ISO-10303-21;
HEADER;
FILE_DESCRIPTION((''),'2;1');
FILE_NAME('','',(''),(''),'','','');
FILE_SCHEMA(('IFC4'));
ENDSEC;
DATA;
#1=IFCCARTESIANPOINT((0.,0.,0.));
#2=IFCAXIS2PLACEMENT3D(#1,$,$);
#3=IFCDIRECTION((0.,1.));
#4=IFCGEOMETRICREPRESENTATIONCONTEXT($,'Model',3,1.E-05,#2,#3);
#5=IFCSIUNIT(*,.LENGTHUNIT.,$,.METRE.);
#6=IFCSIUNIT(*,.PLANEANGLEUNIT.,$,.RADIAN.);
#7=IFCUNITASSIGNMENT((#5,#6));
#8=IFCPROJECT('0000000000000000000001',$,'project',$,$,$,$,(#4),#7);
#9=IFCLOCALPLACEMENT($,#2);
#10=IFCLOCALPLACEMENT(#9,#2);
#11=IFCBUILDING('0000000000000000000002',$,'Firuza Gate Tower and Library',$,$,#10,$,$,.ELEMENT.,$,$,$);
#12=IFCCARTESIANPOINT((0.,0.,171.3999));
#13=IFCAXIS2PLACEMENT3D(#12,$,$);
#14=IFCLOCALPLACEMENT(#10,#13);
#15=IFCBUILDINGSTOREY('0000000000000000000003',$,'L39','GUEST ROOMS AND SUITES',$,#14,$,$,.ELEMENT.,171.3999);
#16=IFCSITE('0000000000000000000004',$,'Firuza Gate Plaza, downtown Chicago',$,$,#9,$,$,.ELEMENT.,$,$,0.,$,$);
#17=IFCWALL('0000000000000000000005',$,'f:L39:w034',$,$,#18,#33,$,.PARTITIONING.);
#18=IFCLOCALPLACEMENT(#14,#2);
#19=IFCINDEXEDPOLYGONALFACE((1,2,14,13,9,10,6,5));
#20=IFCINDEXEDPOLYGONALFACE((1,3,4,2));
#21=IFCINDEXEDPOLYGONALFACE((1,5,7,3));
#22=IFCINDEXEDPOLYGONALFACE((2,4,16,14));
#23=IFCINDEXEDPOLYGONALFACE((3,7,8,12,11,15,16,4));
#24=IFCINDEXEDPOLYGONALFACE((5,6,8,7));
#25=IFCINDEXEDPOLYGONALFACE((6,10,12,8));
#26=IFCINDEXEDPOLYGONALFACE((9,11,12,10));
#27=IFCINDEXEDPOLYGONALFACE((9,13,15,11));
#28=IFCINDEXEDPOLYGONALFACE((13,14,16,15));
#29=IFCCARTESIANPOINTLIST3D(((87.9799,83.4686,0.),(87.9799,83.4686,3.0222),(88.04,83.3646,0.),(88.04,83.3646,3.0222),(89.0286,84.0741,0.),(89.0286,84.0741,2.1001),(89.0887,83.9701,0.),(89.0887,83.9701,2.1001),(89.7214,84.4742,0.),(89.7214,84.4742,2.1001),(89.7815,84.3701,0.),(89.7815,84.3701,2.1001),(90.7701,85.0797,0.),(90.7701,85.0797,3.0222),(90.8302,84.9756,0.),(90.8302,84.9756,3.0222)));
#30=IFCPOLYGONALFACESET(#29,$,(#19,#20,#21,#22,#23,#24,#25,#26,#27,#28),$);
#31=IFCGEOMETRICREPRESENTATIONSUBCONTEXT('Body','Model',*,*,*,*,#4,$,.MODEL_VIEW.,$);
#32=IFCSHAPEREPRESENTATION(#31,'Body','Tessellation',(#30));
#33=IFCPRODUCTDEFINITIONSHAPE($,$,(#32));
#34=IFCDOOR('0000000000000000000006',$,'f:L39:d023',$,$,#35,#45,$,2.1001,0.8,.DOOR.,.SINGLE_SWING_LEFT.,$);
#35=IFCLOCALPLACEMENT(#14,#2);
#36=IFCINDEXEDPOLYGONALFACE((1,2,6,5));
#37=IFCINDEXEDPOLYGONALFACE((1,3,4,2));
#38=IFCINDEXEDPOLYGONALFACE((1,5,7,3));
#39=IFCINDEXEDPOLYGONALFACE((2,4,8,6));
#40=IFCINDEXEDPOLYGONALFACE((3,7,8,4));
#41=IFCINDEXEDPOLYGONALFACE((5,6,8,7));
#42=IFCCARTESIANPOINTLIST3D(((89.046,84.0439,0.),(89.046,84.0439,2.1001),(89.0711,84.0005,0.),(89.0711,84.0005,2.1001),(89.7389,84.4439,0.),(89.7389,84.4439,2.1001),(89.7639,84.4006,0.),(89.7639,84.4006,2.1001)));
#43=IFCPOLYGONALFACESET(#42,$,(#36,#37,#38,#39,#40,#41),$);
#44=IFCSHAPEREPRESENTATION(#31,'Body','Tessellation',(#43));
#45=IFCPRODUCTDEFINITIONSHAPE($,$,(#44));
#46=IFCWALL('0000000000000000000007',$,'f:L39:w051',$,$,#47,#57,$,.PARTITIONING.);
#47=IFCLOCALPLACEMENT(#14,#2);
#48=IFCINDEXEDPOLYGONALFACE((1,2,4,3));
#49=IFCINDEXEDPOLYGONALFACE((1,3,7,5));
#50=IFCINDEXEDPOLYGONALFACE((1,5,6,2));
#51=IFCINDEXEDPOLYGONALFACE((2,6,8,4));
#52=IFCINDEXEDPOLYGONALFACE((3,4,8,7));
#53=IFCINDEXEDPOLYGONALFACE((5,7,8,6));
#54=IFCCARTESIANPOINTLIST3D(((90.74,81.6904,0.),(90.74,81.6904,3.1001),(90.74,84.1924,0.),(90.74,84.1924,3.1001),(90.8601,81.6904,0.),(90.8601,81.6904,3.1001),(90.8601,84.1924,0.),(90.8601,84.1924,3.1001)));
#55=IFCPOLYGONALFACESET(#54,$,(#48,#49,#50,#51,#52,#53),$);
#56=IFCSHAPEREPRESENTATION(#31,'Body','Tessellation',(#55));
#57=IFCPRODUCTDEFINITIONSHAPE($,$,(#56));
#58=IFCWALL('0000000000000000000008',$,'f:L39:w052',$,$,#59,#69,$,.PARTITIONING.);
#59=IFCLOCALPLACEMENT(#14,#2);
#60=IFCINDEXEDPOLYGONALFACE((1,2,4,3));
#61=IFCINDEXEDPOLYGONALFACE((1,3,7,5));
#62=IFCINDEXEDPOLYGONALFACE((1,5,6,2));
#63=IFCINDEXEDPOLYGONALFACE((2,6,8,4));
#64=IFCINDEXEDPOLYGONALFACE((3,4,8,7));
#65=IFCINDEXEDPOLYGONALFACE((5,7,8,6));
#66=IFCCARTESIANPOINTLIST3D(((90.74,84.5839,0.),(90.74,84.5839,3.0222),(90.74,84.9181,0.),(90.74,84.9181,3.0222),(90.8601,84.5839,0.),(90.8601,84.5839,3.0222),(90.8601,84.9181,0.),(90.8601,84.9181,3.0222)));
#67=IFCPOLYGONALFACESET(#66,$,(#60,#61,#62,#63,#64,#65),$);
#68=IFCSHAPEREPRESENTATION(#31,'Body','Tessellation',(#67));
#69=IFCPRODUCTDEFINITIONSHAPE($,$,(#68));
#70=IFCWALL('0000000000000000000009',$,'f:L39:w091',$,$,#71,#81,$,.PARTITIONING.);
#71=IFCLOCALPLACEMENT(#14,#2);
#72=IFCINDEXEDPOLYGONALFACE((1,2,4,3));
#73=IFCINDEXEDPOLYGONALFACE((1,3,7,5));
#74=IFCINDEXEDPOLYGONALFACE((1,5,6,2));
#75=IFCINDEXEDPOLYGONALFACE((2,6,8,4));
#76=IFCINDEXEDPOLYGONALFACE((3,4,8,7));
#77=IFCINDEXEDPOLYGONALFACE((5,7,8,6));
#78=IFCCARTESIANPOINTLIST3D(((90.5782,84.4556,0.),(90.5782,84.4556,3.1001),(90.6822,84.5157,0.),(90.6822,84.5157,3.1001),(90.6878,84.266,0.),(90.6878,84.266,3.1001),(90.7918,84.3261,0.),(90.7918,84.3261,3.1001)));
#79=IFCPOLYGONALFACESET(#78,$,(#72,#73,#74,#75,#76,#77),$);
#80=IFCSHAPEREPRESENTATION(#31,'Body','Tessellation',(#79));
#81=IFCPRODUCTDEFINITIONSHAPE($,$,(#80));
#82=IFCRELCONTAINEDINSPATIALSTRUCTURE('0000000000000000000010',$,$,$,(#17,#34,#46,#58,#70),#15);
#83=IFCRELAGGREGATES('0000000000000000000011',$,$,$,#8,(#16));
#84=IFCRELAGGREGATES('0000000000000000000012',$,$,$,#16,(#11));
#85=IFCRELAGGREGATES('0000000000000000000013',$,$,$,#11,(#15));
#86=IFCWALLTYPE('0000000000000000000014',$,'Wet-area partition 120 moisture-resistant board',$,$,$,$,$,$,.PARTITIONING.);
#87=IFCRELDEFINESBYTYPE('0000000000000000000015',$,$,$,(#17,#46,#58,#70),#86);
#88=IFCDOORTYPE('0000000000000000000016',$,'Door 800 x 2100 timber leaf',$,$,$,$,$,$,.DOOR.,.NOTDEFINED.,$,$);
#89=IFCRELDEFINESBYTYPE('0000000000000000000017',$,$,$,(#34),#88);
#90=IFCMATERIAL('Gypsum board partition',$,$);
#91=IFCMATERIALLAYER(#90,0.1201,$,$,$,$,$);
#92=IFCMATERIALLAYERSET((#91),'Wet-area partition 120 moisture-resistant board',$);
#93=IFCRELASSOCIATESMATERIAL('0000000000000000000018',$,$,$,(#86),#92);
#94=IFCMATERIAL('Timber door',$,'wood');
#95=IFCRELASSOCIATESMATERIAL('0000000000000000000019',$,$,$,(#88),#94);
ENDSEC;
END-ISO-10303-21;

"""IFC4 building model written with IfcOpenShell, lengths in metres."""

from ifc_helpers import new_model, si_unit, direction, frame, frame_2d, origin, place, context, subcontext, project, spatial, rectangle, extrude, material, layer, layer_set, type_object, element, fill, save


model = new_model("IFC4")

# Units and contexts
model_context = context("Model", 3, precision=1e-05, world=origin(), true_north=direction((0.0, 1.0)))
body_context = subcontext(model_context, "Body", "Model", "MODEL_VIEW")
ifc_project = project(units=[si_unit("LENGTHUNIT", "METRE"), si_unit("PLANEANGLEUNIT", "RADIAN")], contexts=[model_context])

# Site, building, storey
site_placement = place(None, origin())
site = spatial("IfcSite", under=ifc_project, at=site_placement, Name="Firuza Gate Plaza, downtown Chicago", CompositionType="ELEMENT", RefElevation=0.0)
building_placement = place(site_placement, origin())
building = spatial("IfcBuilding", under=site, at=building_placement, Name="Firuza Gate Tower and Library", CompositionType="ELEMENT")
storey_placement = place(building_placement, frame((0.0, 0.0, 171.3999)))
storey = spatial("IfcBuildingStorey", under=building, at=storey_placement, Name="L39", Description="GUEST ROOMS AND SUITES", CompositionType="ELEMENT", Elevation=171.3999)

# Wall, opening, door
ifc_material_1 = material(Name="Gypsum board partition")
ifc_layer_1 = layer(ifc_material_1, 0.1201)
ifc_layer_set_1 = layer_set([ifc_layer_1], Name="Wet-area partition 120 moisture-resistant board")
wall_type_1 = type_object("IfcWallType", Name="Wet-area partition 120 moisture-resistant board", PredefinedType="PARTITIONING", material=ifc_layer_set_1)
ifc_material_2 = material(Name="Timber door", Category="wood")
door_type_1 = type_object("IfcDoorType", Name="Door 800 x 2100 timber leaf", OperationType="NOTDEFINED", PredefinedType="DOOR", material=ifc_material_2)
wall_1_placement = place(storey_placement, frame((90.8, 85.0276, 0.0), z_axis=(0.0, 0.0, 1.0), x_axis=(-0.86601, -0.500026, 0.0)))
wall_1 = element("IfcWall", 1, at=wall_1_placement, inside=storey, type_object=wall_type_1, Name="f:L39:w034", PredefinedType="PARTITIONING", context=body_context, shape_type="SweptSolid", body=[
    extrude(rectangle(XDim=3.2219, YDim=0.1201, at=frame_2d((1.6108, 0.0))), origin(), (0.0, 0.0, 1.0), 3.0222),
])
opening_1_placement = place(wall_1_placement, frame((1.2109, 0.0, 0.0)))
opening_1 = element("IfcOpeningElement", 2, at=opening_1_placement, cuts=wall_1, PredefinedType="OPENING", context=body_context, shape_type="SweptSolid", body=[
    extrude(rectangle(XDim=0.8, YDim=2.1001, at=frame_2d((0.3999, 1.05))), frame((0.0, 0.0701, 0.0), z_axis=(0.0, -1.0, 0.0), x_axis=(1.0, 0.0, 0.0)), (0.0, 0.0, 1.0), 0.1401),
])
door_1_placement = place(opening_1_placement, origin())
door_1 = element("IfcDoor", 3, at=door_1_placement, inside=storey, type_object=door_type_1, Name="f:L39:d023", OperationType="SINGLE_SWING_LEFT", OverallHeight=2.1001, OverallWidth=0.8, PredefinedType="DOOR", context=body_context, shape_type="SweptSolid", body=[
    extrude(rectangle(XDim=0.8, YDim=2.1001, at=frame_2d((0.3999, 1.05))), frame((0.0, 0.0249, 0.0), z_axis=(0.0, -1.0, 0.0), x_axis=(1.0, 0.0, 0.0)), (0.0, 0.0, 1.0), 0.05),
])
fill(opening_1, door_1)

# Walls
wall_2_placement = place(storey_placement, frame((90.8, 81.6904, 0.0), z_axis=(0.0, 0.0, 1.0), x_axis=(0.0, 1.0, 0.0)))
element("IfcWall", 4, at=wall_2_placement, inside=storey, type_object=wall_type_1, Name="f:L39:w051", PredefinedType="PARTITIONING", context=body_context, shape_type="SweptSolid", body=[
    extrude(rectangle(XDim=2.502, YDim=0.1201, at=frame_2d((1.251, 0.0))), origin(), (0.0, 0.0, 1.0), 3.1001),
])
wall_3_placement = place(storey_placement, frame((90.8, 84.584, 0.0), z_axis=(0.0, 0.0, 1.0), x_axis=(0.0, 1.0, 0.0)))
element("IfcWall", 5, at=wall_3_placement, inside=storey, type_object=wall_type_1, Name="f:L39:w052", PredefinedType="PARTITIONING", context=body_context, shape_type="SweptSolid", body=[
    extrude(rectangle(XDim=0.3342, YDim=0.1201, at=frame_2d((0.167, 0.0))), origin(), (0.0, 0.0, 1.0), 3.0222),
])
wall_4_placement = place(storey_placement, frame((90.7397, 84.2961, 0.0), z_axis=(0.0, 0.0, 1.0), x_axis=(-0.500333, 0.865833, 0.0)))
element("IfcWall", 6, at=wall_4_placement, inside=storey, type_object=wall_type_1, Name="f:L39:w091", PredefinedType="PARTITIONING", context=body_context, shape_type="SweptSolid", body=[
    extrude(rectangle(XDim=0.219, YDim=0.1201, at=frame_2d((0.1094, 0.0))), origin(), (0.0, 0.0, 1.0), 3.1001),
])

save(model, "model.ifc")
